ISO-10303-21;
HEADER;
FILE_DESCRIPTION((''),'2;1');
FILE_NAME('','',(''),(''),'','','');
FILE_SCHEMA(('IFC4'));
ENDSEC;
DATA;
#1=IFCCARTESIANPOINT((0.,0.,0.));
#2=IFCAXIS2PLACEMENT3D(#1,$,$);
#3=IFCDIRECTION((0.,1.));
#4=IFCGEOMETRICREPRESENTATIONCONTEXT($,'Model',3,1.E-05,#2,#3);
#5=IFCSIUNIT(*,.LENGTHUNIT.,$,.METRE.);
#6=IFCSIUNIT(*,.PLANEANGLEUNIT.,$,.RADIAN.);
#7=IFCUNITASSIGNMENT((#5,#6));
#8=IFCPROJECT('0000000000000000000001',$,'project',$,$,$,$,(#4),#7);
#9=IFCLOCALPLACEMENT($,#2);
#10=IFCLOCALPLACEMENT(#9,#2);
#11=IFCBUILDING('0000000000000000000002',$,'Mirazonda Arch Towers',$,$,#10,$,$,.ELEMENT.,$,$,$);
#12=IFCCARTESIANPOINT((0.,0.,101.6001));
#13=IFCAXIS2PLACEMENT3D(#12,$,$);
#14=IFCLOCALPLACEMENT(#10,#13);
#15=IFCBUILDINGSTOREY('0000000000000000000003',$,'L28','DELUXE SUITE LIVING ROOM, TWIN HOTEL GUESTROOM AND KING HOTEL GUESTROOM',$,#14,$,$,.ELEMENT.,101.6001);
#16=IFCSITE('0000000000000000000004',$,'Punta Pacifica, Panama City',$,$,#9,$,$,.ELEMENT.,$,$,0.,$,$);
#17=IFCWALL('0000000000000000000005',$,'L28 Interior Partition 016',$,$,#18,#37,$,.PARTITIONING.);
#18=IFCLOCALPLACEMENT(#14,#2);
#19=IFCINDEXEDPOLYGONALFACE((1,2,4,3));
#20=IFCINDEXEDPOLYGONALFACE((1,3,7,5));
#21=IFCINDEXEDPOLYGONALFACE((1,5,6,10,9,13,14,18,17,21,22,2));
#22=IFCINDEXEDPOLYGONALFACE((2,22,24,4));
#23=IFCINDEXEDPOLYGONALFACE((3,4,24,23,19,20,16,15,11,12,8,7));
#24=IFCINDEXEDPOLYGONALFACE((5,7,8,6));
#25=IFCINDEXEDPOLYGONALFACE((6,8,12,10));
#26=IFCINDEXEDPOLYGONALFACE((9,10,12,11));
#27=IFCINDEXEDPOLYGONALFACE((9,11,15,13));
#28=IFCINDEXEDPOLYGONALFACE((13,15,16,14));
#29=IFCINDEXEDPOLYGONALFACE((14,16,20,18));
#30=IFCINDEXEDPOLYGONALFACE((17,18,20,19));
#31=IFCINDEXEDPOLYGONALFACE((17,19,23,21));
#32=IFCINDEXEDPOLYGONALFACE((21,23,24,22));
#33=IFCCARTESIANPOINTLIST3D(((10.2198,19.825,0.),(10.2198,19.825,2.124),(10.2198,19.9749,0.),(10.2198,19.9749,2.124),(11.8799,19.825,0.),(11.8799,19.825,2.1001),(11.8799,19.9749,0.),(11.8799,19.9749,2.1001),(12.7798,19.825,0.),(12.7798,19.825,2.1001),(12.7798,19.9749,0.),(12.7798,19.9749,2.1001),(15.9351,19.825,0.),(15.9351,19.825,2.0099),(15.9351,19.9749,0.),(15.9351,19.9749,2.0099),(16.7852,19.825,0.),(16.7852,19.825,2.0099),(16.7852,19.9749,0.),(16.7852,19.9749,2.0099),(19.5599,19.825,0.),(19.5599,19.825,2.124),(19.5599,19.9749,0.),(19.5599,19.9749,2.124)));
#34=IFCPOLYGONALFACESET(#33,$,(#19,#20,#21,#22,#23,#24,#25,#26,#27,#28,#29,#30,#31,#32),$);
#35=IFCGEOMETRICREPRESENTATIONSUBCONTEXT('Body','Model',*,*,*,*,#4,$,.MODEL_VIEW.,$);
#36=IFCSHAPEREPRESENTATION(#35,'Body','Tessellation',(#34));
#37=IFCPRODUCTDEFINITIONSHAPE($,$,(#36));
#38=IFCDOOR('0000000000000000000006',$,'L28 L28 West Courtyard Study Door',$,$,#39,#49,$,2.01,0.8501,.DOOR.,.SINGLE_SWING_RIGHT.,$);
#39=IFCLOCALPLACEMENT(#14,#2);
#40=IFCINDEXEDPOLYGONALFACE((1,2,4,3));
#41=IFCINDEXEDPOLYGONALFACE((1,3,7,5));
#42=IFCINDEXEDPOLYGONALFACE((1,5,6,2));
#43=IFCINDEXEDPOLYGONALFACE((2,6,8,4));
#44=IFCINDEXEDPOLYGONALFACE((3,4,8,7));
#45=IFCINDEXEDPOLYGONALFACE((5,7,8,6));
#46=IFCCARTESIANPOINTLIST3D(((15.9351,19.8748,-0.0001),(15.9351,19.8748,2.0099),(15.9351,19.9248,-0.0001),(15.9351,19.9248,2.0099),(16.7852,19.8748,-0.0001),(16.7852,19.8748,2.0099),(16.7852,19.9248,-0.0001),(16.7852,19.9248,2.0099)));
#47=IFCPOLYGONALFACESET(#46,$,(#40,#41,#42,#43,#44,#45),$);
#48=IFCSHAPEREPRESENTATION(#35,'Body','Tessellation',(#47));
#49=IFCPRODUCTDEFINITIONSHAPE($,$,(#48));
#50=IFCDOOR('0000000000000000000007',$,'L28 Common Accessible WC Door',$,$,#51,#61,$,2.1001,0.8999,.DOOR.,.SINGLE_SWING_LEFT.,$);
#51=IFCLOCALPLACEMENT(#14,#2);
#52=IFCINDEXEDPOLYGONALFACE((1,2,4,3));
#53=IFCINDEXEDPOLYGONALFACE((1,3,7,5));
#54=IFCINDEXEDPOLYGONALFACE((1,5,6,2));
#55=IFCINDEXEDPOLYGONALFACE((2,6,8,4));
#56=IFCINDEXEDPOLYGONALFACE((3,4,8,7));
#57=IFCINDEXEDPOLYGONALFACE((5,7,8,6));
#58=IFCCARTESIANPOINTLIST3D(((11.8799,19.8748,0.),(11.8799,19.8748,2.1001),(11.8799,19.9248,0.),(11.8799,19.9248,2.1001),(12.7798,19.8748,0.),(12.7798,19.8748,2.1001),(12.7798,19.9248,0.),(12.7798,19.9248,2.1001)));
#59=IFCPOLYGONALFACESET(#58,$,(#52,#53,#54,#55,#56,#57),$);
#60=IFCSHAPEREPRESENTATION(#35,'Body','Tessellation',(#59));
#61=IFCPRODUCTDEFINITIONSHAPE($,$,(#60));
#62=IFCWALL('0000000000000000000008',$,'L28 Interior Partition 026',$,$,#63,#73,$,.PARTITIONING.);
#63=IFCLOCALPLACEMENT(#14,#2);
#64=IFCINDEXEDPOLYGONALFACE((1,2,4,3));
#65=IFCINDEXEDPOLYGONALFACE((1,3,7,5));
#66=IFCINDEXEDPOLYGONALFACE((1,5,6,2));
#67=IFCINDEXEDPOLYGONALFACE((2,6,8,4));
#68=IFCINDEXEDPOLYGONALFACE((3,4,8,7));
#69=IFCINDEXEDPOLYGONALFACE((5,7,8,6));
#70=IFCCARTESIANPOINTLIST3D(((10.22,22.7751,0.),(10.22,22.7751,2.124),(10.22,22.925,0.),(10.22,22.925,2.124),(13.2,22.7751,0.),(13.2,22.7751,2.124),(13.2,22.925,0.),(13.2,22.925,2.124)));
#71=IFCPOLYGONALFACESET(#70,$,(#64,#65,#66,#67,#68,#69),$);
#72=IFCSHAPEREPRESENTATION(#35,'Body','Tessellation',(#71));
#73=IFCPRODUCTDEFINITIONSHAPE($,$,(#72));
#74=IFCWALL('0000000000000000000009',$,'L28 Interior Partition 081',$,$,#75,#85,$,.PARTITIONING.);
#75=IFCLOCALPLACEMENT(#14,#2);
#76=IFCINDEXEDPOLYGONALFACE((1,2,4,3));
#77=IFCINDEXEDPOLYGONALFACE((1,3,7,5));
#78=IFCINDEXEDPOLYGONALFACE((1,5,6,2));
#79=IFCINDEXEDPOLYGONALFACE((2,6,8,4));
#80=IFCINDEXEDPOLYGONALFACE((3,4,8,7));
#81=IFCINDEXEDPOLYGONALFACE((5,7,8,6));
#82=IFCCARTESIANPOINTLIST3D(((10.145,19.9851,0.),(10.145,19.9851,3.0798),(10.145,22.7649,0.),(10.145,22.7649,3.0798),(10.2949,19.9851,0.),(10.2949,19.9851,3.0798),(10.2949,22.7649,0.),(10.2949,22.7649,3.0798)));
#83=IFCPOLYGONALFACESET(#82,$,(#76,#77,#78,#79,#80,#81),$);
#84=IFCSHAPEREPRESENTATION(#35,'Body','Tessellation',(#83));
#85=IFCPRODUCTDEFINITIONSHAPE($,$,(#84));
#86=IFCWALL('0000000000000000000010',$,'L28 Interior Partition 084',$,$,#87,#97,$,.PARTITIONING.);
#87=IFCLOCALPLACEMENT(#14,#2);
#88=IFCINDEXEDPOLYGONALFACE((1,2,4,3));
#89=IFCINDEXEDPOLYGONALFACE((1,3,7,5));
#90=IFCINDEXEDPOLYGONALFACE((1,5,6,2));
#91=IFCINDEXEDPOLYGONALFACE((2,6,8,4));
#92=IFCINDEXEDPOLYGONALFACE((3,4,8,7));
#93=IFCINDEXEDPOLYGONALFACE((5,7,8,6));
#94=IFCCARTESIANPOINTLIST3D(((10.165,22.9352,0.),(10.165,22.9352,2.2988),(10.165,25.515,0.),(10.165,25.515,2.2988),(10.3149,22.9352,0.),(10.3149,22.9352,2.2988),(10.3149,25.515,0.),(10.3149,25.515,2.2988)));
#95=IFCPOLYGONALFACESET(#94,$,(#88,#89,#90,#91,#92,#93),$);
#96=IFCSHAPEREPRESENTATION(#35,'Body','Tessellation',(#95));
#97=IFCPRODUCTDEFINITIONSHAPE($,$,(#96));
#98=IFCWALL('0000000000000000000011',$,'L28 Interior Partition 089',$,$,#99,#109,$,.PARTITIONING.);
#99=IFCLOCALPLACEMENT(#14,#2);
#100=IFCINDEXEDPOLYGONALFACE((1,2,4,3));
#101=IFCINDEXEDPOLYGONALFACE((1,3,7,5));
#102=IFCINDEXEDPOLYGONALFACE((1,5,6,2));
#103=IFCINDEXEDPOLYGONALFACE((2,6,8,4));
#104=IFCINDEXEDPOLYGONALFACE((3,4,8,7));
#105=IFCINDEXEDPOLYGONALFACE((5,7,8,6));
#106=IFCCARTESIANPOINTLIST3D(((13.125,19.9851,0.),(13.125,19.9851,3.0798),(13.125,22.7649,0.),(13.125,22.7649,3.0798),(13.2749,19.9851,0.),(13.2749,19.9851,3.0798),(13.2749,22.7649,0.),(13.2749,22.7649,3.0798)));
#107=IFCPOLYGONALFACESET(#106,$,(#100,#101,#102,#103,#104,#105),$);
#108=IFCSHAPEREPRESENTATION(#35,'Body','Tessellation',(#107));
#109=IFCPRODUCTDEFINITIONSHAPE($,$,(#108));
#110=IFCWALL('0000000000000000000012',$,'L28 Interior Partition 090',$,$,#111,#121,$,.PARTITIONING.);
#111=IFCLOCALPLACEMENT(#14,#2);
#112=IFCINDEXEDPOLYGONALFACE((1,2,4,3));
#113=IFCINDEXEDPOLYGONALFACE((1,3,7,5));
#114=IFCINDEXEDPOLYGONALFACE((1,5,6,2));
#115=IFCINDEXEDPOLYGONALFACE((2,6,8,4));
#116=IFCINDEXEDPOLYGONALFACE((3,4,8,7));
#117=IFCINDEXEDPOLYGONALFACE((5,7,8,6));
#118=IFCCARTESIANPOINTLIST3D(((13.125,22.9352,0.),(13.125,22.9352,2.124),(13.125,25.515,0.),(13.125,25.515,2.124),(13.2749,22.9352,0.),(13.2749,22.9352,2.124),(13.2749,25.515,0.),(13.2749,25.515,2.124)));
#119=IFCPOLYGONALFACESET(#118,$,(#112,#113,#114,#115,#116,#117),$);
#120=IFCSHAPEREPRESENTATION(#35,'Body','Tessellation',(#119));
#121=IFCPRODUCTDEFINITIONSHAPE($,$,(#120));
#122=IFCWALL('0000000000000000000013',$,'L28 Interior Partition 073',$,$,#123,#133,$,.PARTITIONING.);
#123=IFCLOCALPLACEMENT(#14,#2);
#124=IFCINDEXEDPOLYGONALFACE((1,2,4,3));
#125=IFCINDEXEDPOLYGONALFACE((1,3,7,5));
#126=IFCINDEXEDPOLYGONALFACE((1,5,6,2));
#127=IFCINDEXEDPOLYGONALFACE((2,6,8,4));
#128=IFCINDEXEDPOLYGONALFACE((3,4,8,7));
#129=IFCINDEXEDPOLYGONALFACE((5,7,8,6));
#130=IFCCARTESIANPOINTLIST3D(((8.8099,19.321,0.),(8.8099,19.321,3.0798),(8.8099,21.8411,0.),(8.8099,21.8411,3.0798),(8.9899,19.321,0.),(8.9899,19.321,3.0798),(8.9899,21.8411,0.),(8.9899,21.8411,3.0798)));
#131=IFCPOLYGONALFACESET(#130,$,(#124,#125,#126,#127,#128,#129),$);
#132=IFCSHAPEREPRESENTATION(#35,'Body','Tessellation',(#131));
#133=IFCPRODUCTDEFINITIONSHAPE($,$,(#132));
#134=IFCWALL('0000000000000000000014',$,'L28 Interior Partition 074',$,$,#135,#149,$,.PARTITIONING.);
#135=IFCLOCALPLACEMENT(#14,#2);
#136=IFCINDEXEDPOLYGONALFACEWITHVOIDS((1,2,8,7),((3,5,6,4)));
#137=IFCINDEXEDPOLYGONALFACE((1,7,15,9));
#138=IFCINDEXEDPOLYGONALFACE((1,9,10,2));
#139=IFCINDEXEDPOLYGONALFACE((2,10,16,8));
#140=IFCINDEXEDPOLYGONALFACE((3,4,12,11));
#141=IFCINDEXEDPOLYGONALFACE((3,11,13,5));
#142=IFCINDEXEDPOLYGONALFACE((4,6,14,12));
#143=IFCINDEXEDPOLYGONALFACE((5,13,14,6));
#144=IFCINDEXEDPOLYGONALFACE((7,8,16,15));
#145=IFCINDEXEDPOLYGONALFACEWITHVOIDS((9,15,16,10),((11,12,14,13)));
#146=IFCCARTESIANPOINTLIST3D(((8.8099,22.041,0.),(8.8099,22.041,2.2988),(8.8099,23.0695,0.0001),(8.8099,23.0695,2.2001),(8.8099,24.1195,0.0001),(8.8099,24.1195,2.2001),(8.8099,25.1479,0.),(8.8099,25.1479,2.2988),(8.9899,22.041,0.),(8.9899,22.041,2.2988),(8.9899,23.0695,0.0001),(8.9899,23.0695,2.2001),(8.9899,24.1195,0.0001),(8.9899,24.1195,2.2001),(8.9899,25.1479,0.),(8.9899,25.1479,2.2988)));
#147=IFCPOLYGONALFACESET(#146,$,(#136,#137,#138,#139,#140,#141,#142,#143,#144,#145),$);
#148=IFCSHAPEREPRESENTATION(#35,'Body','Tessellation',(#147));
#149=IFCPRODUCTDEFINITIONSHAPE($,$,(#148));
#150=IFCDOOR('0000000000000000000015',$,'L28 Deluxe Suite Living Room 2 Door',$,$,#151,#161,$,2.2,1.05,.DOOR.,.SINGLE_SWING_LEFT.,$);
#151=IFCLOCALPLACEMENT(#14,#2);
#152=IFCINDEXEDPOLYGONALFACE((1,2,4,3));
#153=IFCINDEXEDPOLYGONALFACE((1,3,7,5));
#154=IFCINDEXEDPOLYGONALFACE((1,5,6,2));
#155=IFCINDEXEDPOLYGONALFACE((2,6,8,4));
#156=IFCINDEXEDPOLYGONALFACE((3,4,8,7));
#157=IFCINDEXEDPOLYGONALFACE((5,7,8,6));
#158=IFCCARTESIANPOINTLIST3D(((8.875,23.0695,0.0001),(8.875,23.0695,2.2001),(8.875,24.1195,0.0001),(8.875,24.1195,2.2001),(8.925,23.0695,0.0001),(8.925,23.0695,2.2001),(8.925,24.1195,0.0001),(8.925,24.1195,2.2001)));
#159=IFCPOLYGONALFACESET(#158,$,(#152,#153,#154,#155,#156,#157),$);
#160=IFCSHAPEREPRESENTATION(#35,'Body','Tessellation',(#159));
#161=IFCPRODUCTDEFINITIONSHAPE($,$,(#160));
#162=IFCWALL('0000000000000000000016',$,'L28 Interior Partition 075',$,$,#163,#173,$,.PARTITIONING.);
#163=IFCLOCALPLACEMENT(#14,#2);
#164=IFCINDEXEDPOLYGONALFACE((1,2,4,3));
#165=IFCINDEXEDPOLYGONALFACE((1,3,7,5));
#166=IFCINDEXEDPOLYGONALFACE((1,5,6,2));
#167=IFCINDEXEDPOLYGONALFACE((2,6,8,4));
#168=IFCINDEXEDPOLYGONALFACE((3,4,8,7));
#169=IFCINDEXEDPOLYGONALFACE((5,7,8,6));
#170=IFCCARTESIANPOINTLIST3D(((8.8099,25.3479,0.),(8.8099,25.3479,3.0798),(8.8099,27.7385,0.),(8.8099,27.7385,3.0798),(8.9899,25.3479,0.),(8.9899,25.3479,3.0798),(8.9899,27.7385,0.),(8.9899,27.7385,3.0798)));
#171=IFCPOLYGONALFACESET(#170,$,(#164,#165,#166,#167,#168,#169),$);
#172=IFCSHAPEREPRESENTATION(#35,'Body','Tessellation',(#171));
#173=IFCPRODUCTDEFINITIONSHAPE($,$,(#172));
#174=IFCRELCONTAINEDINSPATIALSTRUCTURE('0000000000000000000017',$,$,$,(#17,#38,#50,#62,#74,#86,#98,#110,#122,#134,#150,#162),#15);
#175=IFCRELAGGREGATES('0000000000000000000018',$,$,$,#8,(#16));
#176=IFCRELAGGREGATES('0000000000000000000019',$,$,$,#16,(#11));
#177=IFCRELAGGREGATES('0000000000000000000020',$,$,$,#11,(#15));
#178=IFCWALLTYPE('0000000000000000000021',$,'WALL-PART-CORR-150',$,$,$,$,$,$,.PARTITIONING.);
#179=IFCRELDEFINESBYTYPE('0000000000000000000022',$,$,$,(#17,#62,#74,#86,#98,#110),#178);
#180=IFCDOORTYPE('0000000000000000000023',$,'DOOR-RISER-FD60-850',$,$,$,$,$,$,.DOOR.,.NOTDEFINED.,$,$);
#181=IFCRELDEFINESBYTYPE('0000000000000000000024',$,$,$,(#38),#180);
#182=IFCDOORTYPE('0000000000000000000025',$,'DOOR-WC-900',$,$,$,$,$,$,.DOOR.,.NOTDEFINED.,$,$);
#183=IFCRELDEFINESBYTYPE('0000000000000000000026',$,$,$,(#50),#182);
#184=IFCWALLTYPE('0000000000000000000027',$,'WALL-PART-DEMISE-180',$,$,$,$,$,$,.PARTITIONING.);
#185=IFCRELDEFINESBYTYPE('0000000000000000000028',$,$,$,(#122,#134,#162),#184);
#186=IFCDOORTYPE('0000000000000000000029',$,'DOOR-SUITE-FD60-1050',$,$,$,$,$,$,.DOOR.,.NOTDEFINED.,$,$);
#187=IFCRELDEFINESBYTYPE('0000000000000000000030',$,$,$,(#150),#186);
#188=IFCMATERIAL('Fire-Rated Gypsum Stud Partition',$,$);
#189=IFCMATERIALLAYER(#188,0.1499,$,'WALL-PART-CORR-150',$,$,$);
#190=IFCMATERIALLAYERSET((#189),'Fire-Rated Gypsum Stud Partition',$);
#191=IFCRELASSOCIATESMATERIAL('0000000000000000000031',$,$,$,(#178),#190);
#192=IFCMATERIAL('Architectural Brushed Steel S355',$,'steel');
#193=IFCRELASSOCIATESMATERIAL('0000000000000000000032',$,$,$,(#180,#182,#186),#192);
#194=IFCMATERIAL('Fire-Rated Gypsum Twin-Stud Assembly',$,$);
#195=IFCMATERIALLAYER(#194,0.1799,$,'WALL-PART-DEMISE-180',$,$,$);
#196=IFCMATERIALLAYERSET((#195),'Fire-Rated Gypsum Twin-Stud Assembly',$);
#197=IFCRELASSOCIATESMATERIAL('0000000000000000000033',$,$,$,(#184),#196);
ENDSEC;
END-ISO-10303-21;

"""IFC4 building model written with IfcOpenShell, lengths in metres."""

from ifc_helpers import new_model, si_unit, direction, frame, frame_2d, origin, place, context, subcontext, project, spatial, rectangle, extrude, material, layer, layer_set, type_object, element, fill, save


model = new_model("IFC4")

# Units and contexts
model_context = context("Model", 3, precision=1e-05, world=origin(), true_north=direction((0.0, 1.0)))
body_context = subcontext(model_context, "Body", "Model", "MODEL_VIEW")
ifc_project = project(units=[si_unit("LENGTHUNIT", "METRE"), si_unit("PLANEANGLEUNIT", "RADIAN")], contexts=[model_context])

# Site, building, storey
site_placement = place(None, origin())
site = spatial("IfcSite", under=ifc_project, at=site_placement, Name="Punta Pacifica, Panama City", CompositionType="ELEMENT", RefElevation=0.0)
building_placement = place(site_placement, origin())
building = spatial("IfcBuilding", under=site, at=building_placement, Name="Mirazonda Arch Towers", CompositionType="ELEMENT")
storey_placement = place(building_placement, frame((0.0, 0.0, 101.6001)))
storey = spatial("IfcBuildingStorey", under=building, at=storey_placement, Name="L28", Description="DELUXE SUITE LIVING ROOM, TWIN HOTEL GUESTROOM AND KING HOTEL GUESTROOM", CompositionType="ELEMENT", Elevation=101.6001)

# Shared definitions
ifc_material_1 = material(Name="Architectural Brushed Steel S355", Category="steel")

# Shared definitions
ifc_material_2 = material(Name="Fire-Rated Gypsum Stud Partition")
ifc_layer_1 = layer(ifc_material_2, 0.1499, Name="WALL-PART-CORR-150")
ifc_layer_set_1 = layer_set([ifc_layer_1], Name="Fire-Rated Gypsum Stud Partition")
wall_type_1 = type_object("IfcWallType", Name="WALL-PART-CORR-150", PredefinedType="PARTITIONING", material=ifc_layer_set_1)

# Wall, openings, doors
wall_1_placement = place(storey_placement, frame((10.22, 19.8999, 0.0), z_axis=(0.0, 0.0, 1.0), x_axis=(1.0, 0.0, 0.0)))
wall_1 = element("IfcWall", 1, at=wall_1_placement, inside=storey, type_object=wall_type_1, Name="L28 Interior Partition 016", PredefinedType="PARTITIONING", context=body_context, shape_type="SweptSolid", body=[
    extrude(rectangle(XDim=9.3401, YDim=0.1499, at=frame_2d((4.6699, 0.0))), origin(), (0.0, 0.0, 1.0), 2.124),
])
opening_1_placement = place(wall_1_placement, frame((1.6599, 0.0, 0.0)))
opening_1 = element("IfcOpeningElement", 2, at=opening_1_placement, cuts=wall_1, PredefinedType="OPENING", context=body_context, shape_type="SweptSolid", body=[
    extrude(rectangle(XDim=0.8999, YDim=2.1001, at=frame_2d((0.45, 1.05))), frame((0.0, 0.085, 0.0), z_axis=(0.0, -1.0, 0.0), x_axis=(1.0, 0.0, 0.0)), (0.0, 0.0, 1.0), 0.1699),
])
opening_2_placement = place(wall_1_placement, frame((5.7151, 0.0, 0.0)))
opening_2 = element("IfcOpeningElement", 3, at=opening_2_placement, cuts=wall_1, PredefinedType="OPENING", context=body_context, shape_type="SweptSolid", body=[
    extrude(rectangle(XDim=0.8501, YDim=2.01, at=frame_2d((0.425, 1.0049))), frame((0.0, 0.085, 0.0), z_axis=(0.0, -1.0, 0.0), x_axis=(1.0, 0.0, 0.0)), (0.0, 0.0, 1.0), 0.1699),
])
door_type_1 = type_object("IfcDoorType", Name="DOOR-RISER-FD60-850", OperationType="NOTDEFINED", PredefinedType="DOOR", material=ifc_material_1)
door_1_placement = place(opening_2_placement, origin())
door_1 = element("IfcDoor", 4, at=door_1_placement, inside=storey, type_object=door_type_1, Name="L28 L28 West Courtyard Study Door", OperationType="SINGLE_SWING_RIGHT", OverallHeight=2.01, OverallWidth=0.8501, PredefinedType="DOOR", context=body_context, shape_type="SweptSolid", body=[
    extrude(rectangle(XDim=0.8501, YDim=2.01, at=frame_2d((0.425, 1.0049))), frame((0.0, 0.0249, 0.0), z_axis=(0.0, -1.0, 0.0), x_axis=(1.0, 0.0, 0.0)), (0.0, 0.0, 1.0), 0.05),
])
fill(opening_2, door_1)
door_type_2 = type_object("IfcDoorType", Name="DOOR-WC-900", OperationType="NOTDEFINED", PredefinedType="DOOR", material=ifc_material_1)
door_2_placement = place(opening_1_placement, origin())
door_2 = element("IfcDoor", 5, at=door_2_placement, inside=storey, type_object=door_type_2, Name="L28 Common Accessible WC Door", OperationType="SINGLE_SWING_LEFT", OverallHeight=2.1001, OverallWidth=0.8999, PredefinedType="DOOR", context=body_context, shape_type="SweptSolid", body=[
    extrude(rectangle(XDim=0.8999, YDim=2.1001, at=frame_2d((0.45, 1.05))), frame((0.0, 0.0249, 0.0), z_axis=(0.0, -1.0, 0.0), x_axis=(1.0, 0.0, 0.0)), (0.0, 0.0, 1.0), 0.05),
])
fill(opening_1, door_2)

# Walls
wall_2_placement = place(storey_placement, frame((10.22, 22.8501, 0.0), z_axis=(0.0, 0.0, 1.0), x_axis=(1.0, 0.0, 0.0)))
element("IfcWall", 6, at=wall_2_placement, inside=storey, type_object=wall_type_1, Name="L28 Interior Partition 026", PredefinedType="PARTITIONING", context=body_context, shape_type="SweptSolid", body=[
    extrude(rectangle(XDim=2.98, YDim=0.1499, at=frame_2d((1.49, 0.0))), origin(), (0.0, 0.0, 1.0), 2.124),
])
wall_3_placement = place(storey_placement, frame((10.22, 19.9851, 0.0), z_axis=(0.0, 0.0, 1.0), x_axis=(0.0, 1.0, 0.0)))
element("IfcWall", 7, at=wall_3_placement, inside=storey, type_object=wall_type_1, Name="L28 Interior Partition 081", PredefinedType="PARTITIONING", context=body_context, shape_type="SweptSolid", body=[
    extrude(rectangle(XDim=2.7798, YDim=0.1499, at=frame_2d((1.3899, 0.0))), origin(), (0.0, 0.0, 1.0), 3.0798),
])
wall_4_placement = place(storey_placement, frame((10.24, 22.9351, 0.0), z_axis=(0.0, 0.0, 1.0), x_axis=(0.0, 1.0, 0.0)))
element("IfcWall", 8, at=wall_4_placement, inside=storey, type_object=wall_type_1, Name="L28 Interior Partition 084", PredefinedType="PARTITIONING", context=body_context, shape_type="SweptSolid", body=[
    extrude(rectangle(XDim=2.5798, YDim=0.1499, at=frame_2d((1.29, 0.0))), origin(), (0.0, 0.0, 1.0), 2.2988),
])
wall_5_placement = place(storey_placement, frame((13.2, 19.9851, 0.0), z_axis=(0.0, 0.0, 1.0), x_axis=(0.0, 1.0, 0.0)))
element("IfcWall", 9, at=wall_5_placement, inside=storey, type_object=wall_type_1, Name="L28 Interior Partition 089", PredefinedType="PARTITIONING", context=body_context, shape_type="SweptSolid", body=[
    extrude(rectangle(XDim=2.7798, YDim=0.1499, at=frame_2d((1.3899, 0.0))), origin(), (0.0, 0.0, 1.0), 3.0798),
])
wall_6_placement = place(storey_placement, frame((13.2, 22.9351, 0.0), z_axis=(0.0, 0.0, 1.0), x_axis=(0.0, 1.0, 0.0)))
element("IfcWall", 10, at=wall_6_placement, inside=storey, type_object=wall_type_1, Name="L28 Interior Partition 090", PredefinedType="PARTITIONING", context=body_context, shape_type="SweptSolid", body=[
    extrude(rectangle(XDim=2.5798, YDim=0.1499, at=frame_2d((1.29, 0.0))), origin(), (0.0, 0.0, 1.0), 2.124),
])
ifc_material_3 = material(Name="Fire-Rated Gypsum Twin-Stud Assembly")
ifc_layer_2 = layer(ifc_material_3, 0.1799, Name="WALL-PART-DEMISE-180")
ifc_layer_set_2 = layer_set([ifc_layer_2], Name="Fire-Rated Gypsum Twin-Stud Assembly")
wall_type_2 = type_object("IfcWallType", Name="WALL-PART-DEMISE-180", PredefinedType="PARTITIONING", material=ifc_layer_set_2)
wall_7_placement = place(storey_placement, frame((8.8999, 19.321, 0.0), z_axis=(0.0, 0.0, 1.0), x_axis=(0.0, 1.0, 0.0)))
element("IfcWall", 11, at=wall_7_placement, inside=storey, type_object=wall_type_2, Name="L28 Interior Partition 073", PredefinedType="PARTITIONING", context=body_context, shape_type="SweptSolid", body=[
    extrude(rectangle(XDim=2.52, YDim=0.1799, at=frame_2d((1.26, 0.0))), origin(), (0.0, 0.0, 1.0), 3.0798),
])

# Wall, opening, door
wall_8_placement = place(storey_placement, frame((8.8999, 22.041, 0.0), z_axis=(0.0, 0.0, 1.0), x_axis=(0.0, 1.0, 0.0)))
wall_8 = element("IfcWall", 12, at=wall_8_placement, inside=storey, type_object=wall_type_2, Name="L28 Interior Partition 074", PredefinedType="PARTITIONING", context=body_context, shape_type="SweptSolid", body=[
    extrude(rectangle(XDim=3.1069, YDim=0.1799, at=frame_2d((1.5535, 0.0))), origin(), (0.0, 0.0, 1.0), 2.2988),
])
opening_3_placement = place(wall_8_placement, frame((1.0286, 0.0, 0.0)))
opening_3 = element("IfcOpeningElement", 13, at=opening_3_placement, cuts=wall_8, PredefinedType="OPENING", context=body_context, shape_type="SweptSolid", body=[
    extrude(rectangle(XDim=1.05, YDim=2.2, at=frame_2d((0.5249, 1.1001))), frame((0.0, 0.0999, 0.0), z_axis=(0.0, -1.0, 0.0), x_axis=(1.0, 0.0, 0.0)), (0.0, 0.0, 1.0), 0.2),
])
door_type_3 = type_object("IfcDoorType", Name="DOOR-SUITE-FD60-1050", OperationType="NOTDEFINED", PredefinedType="DOOR", material=ifc_material_1)
door_3_placement = place(opening_3_placement, origin())
door_3 = element("IfcDoor", 14, at=door_3_placement, inside=storey, type_object=door_type_3, Name="L28 Deluxe Suite Living Room 2 Door", OperationType="SINGLE_SWING_LEFT", OverallHeight=2.2, OverallWidth=1.05, PredefinedType="DOOR", context=body_context, shape_type="SweptSolid", body=[
    extrude(rectangle(XDim=1.05, YDim=2.2, at=frame_2d((0.5249, 1.1001))), frame((0.0, 0.0249, 0.0), z_axis=(0.0, -1.0, 0.0), x_axis=(1.0, 0.0, 0.0)), (0.0, 0.0, 1.0), 0.05),
])
fill(opening_3, door_3)

# Wall
wall_9_placement = place(storey_placement, frame((8.8999, 25.3479, 0.0), z_axis=(0.0, 0.0, 1.0), x_axis=(0.0, 1.0, 0.0)))
element("IfcWall", 15, at=wall_9_placement, inside=storey, type_object=wall_type_2, Name="L28 Interior Partition 075", PredefinedType="PARTITIONING", context=body_context, shape_type="SweptSolid", body=[
    extrude(rectangle(XDim=2.3906, YDim=0.1799, at=frame_2d((1.1953, 0.0))), origin(), (0.0, 0.0, 1.0), 3.0798),
])

save(model, "model.ifc")
